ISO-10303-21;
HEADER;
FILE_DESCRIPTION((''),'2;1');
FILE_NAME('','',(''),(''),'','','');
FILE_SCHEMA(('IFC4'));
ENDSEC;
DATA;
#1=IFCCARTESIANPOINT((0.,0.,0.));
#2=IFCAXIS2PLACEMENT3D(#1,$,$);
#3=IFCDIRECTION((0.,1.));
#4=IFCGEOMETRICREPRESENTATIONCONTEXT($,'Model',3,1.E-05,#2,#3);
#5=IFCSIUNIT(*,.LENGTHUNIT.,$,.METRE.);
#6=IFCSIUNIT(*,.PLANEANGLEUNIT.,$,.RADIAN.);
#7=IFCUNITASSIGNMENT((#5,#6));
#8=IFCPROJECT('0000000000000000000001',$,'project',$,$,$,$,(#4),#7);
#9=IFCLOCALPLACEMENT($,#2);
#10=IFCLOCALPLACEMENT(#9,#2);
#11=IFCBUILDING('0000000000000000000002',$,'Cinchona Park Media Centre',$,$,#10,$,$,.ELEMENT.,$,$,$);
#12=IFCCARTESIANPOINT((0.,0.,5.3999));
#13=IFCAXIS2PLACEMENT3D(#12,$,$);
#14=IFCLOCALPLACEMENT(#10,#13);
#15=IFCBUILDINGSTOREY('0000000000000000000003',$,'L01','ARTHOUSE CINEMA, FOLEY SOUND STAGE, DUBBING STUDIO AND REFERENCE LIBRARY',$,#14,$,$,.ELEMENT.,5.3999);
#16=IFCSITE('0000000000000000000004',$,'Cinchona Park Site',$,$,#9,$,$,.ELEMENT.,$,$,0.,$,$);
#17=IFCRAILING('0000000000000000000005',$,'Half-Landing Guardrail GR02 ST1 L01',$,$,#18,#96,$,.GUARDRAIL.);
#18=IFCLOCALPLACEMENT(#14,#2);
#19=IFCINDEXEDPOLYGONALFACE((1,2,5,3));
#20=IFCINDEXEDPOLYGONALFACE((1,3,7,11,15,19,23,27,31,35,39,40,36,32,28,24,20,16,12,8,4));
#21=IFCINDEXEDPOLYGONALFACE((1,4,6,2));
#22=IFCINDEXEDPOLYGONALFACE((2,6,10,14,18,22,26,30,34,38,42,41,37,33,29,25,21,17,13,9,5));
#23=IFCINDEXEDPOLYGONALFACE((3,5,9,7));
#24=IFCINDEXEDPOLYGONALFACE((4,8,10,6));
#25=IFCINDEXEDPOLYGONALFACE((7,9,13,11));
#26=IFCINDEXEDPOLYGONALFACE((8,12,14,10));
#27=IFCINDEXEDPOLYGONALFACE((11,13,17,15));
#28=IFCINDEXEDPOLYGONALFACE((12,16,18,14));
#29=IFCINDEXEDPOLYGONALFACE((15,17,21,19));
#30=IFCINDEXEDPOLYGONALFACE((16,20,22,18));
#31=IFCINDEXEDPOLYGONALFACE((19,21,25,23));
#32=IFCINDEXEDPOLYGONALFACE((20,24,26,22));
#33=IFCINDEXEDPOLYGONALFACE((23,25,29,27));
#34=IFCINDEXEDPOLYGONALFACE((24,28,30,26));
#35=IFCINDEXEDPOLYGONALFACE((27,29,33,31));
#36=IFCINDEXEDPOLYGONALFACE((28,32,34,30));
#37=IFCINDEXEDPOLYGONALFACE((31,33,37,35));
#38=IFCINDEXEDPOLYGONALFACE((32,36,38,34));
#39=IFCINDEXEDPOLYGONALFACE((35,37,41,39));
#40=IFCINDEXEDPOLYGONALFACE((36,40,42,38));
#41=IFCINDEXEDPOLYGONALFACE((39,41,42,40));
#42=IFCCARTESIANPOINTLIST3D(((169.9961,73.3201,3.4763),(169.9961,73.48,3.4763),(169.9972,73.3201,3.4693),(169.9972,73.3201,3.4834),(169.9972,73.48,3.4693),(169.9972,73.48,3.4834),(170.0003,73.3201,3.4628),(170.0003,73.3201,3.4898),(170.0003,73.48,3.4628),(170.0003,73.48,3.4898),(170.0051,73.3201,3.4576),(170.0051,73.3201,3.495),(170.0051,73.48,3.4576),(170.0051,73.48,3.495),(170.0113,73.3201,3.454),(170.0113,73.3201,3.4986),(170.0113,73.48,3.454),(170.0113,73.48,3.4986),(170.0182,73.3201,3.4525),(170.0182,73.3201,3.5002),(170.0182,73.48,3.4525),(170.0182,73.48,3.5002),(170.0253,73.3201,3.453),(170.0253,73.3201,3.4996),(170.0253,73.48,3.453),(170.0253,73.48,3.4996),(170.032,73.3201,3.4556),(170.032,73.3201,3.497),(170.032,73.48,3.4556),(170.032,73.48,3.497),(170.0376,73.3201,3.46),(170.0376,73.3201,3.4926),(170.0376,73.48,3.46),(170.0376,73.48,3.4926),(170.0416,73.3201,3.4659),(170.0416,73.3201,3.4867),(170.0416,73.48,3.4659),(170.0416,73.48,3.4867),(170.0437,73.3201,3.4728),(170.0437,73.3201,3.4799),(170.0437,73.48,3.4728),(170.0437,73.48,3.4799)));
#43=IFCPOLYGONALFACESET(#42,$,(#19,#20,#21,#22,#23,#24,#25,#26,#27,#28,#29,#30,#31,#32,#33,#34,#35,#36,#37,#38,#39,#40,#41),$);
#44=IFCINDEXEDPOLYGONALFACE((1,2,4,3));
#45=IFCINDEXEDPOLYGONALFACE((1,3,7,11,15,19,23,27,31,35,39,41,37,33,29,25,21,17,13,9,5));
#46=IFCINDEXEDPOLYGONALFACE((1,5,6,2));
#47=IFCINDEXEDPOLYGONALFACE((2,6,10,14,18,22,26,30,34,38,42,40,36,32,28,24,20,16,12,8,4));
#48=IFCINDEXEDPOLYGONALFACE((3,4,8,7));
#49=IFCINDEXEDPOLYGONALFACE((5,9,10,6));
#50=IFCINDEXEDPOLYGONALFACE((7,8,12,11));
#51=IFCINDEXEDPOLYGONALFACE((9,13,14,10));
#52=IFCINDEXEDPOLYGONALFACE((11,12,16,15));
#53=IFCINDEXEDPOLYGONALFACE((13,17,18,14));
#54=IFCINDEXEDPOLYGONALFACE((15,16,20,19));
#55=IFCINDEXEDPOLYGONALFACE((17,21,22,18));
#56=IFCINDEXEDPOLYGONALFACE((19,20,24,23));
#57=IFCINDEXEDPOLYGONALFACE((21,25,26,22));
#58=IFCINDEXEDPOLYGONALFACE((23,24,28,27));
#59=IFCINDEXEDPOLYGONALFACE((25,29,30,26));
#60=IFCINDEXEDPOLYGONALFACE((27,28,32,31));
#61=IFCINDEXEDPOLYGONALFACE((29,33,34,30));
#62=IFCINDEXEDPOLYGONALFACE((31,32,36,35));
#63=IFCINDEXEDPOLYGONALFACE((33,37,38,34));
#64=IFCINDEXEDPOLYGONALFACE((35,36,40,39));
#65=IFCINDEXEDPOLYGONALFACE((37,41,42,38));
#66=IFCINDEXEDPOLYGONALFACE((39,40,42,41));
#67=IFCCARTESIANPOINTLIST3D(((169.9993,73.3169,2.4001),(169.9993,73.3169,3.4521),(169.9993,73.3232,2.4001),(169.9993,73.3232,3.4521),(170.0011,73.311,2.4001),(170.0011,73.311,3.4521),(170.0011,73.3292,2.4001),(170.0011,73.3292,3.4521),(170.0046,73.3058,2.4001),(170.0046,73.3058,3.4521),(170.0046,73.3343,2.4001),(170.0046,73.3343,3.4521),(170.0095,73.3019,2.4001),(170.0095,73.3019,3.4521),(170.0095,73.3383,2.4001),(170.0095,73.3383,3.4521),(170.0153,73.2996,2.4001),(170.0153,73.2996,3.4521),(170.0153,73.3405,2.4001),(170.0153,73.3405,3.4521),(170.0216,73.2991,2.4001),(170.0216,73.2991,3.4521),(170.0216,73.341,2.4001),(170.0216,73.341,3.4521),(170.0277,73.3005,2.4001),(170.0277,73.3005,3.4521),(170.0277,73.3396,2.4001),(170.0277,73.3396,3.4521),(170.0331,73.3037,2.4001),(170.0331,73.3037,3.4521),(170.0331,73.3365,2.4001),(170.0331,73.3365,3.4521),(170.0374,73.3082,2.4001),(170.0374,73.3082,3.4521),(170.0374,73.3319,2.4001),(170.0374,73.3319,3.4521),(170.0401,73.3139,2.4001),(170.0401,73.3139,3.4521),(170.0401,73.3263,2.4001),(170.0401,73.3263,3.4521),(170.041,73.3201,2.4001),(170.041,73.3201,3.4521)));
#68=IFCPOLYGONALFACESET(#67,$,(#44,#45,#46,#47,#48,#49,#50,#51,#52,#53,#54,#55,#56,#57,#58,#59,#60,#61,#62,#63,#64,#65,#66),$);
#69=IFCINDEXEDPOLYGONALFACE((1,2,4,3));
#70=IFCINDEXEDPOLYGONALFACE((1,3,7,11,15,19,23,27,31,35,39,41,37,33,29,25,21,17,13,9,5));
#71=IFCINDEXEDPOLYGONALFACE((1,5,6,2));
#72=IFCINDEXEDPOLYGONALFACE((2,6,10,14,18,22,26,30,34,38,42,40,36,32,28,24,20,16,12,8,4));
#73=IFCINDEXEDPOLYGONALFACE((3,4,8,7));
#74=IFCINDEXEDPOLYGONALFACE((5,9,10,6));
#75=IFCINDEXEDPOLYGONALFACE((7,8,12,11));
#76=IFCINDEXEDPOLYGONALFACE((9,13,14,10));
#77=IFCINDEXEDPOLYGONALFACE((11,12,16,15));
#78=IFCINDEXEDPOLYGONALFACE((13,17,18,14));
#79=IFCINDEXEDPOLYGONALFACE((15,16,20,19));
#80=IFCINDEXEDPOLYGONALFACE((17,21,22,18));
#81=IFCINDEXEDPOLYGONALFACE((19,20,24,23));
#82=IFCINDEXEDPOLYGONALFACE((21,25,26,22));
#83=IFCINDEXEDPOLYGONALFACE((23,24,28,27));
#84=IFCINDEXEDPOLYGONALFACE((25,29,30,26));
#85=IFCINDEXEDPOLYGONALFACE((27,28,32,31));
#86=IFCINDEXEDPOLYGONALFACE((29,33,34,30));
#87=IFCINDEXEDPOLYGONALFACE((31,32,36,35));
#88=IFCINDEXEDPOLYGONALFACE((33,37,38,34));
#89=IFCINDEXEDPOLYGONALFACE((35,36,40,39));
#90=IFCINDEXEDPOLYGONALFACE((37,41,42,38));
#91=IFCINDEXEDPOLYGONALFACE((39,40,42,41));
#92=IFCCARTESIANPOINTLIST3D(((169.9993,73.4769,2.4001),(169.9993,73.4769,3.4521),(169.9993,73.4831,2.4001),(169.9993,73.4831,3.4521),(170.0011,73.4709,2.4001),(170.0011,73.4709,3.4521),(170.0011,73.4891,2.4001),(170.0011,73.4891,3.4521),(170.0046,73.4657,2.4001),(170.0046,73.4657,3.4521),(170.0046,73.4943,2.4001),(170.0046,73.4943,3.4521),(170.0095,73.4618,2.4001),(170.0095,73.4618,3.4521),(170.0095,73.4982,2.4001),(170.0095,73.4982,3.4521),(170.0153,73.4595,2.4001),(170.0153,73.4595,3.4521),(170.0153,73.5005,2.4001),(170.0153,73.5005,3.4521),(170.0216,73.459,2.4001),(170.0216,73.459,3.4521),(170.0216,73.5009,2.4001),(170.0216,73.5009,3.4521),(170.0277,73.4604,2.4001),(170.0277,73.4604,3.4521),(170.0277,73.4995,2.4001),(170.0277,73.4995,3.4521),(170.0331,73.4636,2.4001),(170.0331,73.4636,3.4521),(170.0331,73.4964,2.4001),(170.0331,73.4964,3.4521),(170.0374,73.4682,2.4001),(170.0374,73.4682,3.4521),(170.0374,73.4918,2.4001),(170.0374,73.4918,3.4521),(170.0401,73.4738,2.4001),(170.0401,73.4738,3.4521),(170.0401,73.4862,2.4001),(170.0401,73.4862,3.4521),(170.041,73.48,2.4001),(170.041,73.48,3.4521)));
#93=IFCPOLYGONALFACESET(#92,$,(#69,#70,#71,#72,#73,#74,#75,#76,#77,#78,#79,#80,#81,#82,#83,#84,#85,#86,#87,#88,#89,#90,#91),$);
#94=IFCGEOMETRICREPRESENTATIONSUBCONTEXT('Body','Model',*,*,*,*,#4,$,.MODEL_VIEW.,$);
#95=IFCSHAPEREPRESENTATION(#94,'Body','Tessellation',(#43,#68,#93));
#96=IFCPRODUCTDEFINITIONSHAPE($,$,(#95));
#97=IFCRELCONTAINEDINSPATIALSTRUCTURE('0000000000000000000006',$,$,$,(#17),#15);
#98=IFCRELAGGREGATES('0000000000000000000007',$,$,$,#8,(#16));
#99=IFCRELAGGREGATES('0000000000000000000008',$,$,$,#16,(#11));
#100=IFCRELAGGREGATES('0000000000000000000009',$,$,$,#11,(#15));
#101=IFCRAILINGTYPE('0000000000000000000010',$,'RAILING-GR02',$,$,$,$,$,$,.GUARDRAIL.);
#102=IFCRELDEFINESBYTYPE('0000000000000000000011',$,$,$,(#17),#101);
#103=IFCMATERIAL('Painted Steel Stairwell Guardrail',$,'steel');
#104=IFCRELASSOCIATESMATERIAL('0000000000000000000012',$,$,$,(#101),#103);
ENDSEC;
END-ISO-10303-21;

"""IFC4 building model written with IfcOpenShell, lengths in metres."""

from ifc_helpers import new_model, si_unit, direction, frame, origin, origin_2d, place, context, subcontext, project, spatial, circle, extrude, material, type_object, element, save


model = new_model("IFC4")

# Units and contexts
model_context = context("Model", 3, precision=1e-05, world=origin(), true_north=direction((0.0, 1.0)))
body_context = subcontext(model_context, "Body", "Model", "MODEL_VIEW")
ifc_project = project(units=[si_unit("LENGTHUNIT", "METRE"), si_unit("PLANEANGLEUNIT", "RADIAN")], contexts=[model_context])

# Site, building, storey
site_placement = place(None, origin())
site = spatial("IfcSite", under=ifc_project, at=site_placement, Name="Cinchona Park Site", CompositionType="ELEMENT", RefElevation=0.0)
building_placement = place(site_placement, origin())
building = spatial("IfcBuilding", under=site, at=building_placement, Name="Cinchona Park Media Centre", CompositionType="ELEMENT")
storey_placement = place(building_placement, frame((0.0, 0.0, 5.3999)))
storey = spatial("IfcBuildingStorey", under=building, at=storey_placement, Name="L01", Description="ARTHOUSE CINEMA, FOLEY SOUND STAGE, DUBBING STUDIO AND REFERENCE LIBRARY", CompositionType="ELEMENT", Elevation=5.3999)

# Railing
ifc_material_1 = material(Name="Painted Steel Stairwell Guardrail", Category="steel")
railing_type_1 = type_object("IfcRailingType", Name="RAILING-GR02", PredefinedType="GUARDRAIL", material=ifc_material_1)
for number, where, name in (
    (1, (170.02, 73.3201, 2.4001), "Half-Landing Guardrail GR02 ST1 L01"),
):
    element("IfcRailing", number, at=place(storey_placement, frame(where)), inside=storey, type_object=railing_type_1, Name=name, PredefinedType="GUARDRAIL", context=body_context, shape_type="SweptSolid", body=[
        extrude(circle(Radius=0.0239, at=origin_2d()), frame((0.0, 0.0, 1.0762), z_axis=(0.0, 1.0, 0.0), x_axis=(-1.0, 0.0, 0.0)), (0.0, 0.0, 1.0), 0.1599),
        extrude(circle(Radius=0.021, at=origin_2d()), origin(), (0.0, 0.0, 1.0), 1.052),
        extrude(circle(Radius=0.021, at=origin_2d()), frame((0.0, 0.1599, 0.0)), (0.0, 0.0, 1.0), 1.052),
    ])

save(model, "model.ifc")
